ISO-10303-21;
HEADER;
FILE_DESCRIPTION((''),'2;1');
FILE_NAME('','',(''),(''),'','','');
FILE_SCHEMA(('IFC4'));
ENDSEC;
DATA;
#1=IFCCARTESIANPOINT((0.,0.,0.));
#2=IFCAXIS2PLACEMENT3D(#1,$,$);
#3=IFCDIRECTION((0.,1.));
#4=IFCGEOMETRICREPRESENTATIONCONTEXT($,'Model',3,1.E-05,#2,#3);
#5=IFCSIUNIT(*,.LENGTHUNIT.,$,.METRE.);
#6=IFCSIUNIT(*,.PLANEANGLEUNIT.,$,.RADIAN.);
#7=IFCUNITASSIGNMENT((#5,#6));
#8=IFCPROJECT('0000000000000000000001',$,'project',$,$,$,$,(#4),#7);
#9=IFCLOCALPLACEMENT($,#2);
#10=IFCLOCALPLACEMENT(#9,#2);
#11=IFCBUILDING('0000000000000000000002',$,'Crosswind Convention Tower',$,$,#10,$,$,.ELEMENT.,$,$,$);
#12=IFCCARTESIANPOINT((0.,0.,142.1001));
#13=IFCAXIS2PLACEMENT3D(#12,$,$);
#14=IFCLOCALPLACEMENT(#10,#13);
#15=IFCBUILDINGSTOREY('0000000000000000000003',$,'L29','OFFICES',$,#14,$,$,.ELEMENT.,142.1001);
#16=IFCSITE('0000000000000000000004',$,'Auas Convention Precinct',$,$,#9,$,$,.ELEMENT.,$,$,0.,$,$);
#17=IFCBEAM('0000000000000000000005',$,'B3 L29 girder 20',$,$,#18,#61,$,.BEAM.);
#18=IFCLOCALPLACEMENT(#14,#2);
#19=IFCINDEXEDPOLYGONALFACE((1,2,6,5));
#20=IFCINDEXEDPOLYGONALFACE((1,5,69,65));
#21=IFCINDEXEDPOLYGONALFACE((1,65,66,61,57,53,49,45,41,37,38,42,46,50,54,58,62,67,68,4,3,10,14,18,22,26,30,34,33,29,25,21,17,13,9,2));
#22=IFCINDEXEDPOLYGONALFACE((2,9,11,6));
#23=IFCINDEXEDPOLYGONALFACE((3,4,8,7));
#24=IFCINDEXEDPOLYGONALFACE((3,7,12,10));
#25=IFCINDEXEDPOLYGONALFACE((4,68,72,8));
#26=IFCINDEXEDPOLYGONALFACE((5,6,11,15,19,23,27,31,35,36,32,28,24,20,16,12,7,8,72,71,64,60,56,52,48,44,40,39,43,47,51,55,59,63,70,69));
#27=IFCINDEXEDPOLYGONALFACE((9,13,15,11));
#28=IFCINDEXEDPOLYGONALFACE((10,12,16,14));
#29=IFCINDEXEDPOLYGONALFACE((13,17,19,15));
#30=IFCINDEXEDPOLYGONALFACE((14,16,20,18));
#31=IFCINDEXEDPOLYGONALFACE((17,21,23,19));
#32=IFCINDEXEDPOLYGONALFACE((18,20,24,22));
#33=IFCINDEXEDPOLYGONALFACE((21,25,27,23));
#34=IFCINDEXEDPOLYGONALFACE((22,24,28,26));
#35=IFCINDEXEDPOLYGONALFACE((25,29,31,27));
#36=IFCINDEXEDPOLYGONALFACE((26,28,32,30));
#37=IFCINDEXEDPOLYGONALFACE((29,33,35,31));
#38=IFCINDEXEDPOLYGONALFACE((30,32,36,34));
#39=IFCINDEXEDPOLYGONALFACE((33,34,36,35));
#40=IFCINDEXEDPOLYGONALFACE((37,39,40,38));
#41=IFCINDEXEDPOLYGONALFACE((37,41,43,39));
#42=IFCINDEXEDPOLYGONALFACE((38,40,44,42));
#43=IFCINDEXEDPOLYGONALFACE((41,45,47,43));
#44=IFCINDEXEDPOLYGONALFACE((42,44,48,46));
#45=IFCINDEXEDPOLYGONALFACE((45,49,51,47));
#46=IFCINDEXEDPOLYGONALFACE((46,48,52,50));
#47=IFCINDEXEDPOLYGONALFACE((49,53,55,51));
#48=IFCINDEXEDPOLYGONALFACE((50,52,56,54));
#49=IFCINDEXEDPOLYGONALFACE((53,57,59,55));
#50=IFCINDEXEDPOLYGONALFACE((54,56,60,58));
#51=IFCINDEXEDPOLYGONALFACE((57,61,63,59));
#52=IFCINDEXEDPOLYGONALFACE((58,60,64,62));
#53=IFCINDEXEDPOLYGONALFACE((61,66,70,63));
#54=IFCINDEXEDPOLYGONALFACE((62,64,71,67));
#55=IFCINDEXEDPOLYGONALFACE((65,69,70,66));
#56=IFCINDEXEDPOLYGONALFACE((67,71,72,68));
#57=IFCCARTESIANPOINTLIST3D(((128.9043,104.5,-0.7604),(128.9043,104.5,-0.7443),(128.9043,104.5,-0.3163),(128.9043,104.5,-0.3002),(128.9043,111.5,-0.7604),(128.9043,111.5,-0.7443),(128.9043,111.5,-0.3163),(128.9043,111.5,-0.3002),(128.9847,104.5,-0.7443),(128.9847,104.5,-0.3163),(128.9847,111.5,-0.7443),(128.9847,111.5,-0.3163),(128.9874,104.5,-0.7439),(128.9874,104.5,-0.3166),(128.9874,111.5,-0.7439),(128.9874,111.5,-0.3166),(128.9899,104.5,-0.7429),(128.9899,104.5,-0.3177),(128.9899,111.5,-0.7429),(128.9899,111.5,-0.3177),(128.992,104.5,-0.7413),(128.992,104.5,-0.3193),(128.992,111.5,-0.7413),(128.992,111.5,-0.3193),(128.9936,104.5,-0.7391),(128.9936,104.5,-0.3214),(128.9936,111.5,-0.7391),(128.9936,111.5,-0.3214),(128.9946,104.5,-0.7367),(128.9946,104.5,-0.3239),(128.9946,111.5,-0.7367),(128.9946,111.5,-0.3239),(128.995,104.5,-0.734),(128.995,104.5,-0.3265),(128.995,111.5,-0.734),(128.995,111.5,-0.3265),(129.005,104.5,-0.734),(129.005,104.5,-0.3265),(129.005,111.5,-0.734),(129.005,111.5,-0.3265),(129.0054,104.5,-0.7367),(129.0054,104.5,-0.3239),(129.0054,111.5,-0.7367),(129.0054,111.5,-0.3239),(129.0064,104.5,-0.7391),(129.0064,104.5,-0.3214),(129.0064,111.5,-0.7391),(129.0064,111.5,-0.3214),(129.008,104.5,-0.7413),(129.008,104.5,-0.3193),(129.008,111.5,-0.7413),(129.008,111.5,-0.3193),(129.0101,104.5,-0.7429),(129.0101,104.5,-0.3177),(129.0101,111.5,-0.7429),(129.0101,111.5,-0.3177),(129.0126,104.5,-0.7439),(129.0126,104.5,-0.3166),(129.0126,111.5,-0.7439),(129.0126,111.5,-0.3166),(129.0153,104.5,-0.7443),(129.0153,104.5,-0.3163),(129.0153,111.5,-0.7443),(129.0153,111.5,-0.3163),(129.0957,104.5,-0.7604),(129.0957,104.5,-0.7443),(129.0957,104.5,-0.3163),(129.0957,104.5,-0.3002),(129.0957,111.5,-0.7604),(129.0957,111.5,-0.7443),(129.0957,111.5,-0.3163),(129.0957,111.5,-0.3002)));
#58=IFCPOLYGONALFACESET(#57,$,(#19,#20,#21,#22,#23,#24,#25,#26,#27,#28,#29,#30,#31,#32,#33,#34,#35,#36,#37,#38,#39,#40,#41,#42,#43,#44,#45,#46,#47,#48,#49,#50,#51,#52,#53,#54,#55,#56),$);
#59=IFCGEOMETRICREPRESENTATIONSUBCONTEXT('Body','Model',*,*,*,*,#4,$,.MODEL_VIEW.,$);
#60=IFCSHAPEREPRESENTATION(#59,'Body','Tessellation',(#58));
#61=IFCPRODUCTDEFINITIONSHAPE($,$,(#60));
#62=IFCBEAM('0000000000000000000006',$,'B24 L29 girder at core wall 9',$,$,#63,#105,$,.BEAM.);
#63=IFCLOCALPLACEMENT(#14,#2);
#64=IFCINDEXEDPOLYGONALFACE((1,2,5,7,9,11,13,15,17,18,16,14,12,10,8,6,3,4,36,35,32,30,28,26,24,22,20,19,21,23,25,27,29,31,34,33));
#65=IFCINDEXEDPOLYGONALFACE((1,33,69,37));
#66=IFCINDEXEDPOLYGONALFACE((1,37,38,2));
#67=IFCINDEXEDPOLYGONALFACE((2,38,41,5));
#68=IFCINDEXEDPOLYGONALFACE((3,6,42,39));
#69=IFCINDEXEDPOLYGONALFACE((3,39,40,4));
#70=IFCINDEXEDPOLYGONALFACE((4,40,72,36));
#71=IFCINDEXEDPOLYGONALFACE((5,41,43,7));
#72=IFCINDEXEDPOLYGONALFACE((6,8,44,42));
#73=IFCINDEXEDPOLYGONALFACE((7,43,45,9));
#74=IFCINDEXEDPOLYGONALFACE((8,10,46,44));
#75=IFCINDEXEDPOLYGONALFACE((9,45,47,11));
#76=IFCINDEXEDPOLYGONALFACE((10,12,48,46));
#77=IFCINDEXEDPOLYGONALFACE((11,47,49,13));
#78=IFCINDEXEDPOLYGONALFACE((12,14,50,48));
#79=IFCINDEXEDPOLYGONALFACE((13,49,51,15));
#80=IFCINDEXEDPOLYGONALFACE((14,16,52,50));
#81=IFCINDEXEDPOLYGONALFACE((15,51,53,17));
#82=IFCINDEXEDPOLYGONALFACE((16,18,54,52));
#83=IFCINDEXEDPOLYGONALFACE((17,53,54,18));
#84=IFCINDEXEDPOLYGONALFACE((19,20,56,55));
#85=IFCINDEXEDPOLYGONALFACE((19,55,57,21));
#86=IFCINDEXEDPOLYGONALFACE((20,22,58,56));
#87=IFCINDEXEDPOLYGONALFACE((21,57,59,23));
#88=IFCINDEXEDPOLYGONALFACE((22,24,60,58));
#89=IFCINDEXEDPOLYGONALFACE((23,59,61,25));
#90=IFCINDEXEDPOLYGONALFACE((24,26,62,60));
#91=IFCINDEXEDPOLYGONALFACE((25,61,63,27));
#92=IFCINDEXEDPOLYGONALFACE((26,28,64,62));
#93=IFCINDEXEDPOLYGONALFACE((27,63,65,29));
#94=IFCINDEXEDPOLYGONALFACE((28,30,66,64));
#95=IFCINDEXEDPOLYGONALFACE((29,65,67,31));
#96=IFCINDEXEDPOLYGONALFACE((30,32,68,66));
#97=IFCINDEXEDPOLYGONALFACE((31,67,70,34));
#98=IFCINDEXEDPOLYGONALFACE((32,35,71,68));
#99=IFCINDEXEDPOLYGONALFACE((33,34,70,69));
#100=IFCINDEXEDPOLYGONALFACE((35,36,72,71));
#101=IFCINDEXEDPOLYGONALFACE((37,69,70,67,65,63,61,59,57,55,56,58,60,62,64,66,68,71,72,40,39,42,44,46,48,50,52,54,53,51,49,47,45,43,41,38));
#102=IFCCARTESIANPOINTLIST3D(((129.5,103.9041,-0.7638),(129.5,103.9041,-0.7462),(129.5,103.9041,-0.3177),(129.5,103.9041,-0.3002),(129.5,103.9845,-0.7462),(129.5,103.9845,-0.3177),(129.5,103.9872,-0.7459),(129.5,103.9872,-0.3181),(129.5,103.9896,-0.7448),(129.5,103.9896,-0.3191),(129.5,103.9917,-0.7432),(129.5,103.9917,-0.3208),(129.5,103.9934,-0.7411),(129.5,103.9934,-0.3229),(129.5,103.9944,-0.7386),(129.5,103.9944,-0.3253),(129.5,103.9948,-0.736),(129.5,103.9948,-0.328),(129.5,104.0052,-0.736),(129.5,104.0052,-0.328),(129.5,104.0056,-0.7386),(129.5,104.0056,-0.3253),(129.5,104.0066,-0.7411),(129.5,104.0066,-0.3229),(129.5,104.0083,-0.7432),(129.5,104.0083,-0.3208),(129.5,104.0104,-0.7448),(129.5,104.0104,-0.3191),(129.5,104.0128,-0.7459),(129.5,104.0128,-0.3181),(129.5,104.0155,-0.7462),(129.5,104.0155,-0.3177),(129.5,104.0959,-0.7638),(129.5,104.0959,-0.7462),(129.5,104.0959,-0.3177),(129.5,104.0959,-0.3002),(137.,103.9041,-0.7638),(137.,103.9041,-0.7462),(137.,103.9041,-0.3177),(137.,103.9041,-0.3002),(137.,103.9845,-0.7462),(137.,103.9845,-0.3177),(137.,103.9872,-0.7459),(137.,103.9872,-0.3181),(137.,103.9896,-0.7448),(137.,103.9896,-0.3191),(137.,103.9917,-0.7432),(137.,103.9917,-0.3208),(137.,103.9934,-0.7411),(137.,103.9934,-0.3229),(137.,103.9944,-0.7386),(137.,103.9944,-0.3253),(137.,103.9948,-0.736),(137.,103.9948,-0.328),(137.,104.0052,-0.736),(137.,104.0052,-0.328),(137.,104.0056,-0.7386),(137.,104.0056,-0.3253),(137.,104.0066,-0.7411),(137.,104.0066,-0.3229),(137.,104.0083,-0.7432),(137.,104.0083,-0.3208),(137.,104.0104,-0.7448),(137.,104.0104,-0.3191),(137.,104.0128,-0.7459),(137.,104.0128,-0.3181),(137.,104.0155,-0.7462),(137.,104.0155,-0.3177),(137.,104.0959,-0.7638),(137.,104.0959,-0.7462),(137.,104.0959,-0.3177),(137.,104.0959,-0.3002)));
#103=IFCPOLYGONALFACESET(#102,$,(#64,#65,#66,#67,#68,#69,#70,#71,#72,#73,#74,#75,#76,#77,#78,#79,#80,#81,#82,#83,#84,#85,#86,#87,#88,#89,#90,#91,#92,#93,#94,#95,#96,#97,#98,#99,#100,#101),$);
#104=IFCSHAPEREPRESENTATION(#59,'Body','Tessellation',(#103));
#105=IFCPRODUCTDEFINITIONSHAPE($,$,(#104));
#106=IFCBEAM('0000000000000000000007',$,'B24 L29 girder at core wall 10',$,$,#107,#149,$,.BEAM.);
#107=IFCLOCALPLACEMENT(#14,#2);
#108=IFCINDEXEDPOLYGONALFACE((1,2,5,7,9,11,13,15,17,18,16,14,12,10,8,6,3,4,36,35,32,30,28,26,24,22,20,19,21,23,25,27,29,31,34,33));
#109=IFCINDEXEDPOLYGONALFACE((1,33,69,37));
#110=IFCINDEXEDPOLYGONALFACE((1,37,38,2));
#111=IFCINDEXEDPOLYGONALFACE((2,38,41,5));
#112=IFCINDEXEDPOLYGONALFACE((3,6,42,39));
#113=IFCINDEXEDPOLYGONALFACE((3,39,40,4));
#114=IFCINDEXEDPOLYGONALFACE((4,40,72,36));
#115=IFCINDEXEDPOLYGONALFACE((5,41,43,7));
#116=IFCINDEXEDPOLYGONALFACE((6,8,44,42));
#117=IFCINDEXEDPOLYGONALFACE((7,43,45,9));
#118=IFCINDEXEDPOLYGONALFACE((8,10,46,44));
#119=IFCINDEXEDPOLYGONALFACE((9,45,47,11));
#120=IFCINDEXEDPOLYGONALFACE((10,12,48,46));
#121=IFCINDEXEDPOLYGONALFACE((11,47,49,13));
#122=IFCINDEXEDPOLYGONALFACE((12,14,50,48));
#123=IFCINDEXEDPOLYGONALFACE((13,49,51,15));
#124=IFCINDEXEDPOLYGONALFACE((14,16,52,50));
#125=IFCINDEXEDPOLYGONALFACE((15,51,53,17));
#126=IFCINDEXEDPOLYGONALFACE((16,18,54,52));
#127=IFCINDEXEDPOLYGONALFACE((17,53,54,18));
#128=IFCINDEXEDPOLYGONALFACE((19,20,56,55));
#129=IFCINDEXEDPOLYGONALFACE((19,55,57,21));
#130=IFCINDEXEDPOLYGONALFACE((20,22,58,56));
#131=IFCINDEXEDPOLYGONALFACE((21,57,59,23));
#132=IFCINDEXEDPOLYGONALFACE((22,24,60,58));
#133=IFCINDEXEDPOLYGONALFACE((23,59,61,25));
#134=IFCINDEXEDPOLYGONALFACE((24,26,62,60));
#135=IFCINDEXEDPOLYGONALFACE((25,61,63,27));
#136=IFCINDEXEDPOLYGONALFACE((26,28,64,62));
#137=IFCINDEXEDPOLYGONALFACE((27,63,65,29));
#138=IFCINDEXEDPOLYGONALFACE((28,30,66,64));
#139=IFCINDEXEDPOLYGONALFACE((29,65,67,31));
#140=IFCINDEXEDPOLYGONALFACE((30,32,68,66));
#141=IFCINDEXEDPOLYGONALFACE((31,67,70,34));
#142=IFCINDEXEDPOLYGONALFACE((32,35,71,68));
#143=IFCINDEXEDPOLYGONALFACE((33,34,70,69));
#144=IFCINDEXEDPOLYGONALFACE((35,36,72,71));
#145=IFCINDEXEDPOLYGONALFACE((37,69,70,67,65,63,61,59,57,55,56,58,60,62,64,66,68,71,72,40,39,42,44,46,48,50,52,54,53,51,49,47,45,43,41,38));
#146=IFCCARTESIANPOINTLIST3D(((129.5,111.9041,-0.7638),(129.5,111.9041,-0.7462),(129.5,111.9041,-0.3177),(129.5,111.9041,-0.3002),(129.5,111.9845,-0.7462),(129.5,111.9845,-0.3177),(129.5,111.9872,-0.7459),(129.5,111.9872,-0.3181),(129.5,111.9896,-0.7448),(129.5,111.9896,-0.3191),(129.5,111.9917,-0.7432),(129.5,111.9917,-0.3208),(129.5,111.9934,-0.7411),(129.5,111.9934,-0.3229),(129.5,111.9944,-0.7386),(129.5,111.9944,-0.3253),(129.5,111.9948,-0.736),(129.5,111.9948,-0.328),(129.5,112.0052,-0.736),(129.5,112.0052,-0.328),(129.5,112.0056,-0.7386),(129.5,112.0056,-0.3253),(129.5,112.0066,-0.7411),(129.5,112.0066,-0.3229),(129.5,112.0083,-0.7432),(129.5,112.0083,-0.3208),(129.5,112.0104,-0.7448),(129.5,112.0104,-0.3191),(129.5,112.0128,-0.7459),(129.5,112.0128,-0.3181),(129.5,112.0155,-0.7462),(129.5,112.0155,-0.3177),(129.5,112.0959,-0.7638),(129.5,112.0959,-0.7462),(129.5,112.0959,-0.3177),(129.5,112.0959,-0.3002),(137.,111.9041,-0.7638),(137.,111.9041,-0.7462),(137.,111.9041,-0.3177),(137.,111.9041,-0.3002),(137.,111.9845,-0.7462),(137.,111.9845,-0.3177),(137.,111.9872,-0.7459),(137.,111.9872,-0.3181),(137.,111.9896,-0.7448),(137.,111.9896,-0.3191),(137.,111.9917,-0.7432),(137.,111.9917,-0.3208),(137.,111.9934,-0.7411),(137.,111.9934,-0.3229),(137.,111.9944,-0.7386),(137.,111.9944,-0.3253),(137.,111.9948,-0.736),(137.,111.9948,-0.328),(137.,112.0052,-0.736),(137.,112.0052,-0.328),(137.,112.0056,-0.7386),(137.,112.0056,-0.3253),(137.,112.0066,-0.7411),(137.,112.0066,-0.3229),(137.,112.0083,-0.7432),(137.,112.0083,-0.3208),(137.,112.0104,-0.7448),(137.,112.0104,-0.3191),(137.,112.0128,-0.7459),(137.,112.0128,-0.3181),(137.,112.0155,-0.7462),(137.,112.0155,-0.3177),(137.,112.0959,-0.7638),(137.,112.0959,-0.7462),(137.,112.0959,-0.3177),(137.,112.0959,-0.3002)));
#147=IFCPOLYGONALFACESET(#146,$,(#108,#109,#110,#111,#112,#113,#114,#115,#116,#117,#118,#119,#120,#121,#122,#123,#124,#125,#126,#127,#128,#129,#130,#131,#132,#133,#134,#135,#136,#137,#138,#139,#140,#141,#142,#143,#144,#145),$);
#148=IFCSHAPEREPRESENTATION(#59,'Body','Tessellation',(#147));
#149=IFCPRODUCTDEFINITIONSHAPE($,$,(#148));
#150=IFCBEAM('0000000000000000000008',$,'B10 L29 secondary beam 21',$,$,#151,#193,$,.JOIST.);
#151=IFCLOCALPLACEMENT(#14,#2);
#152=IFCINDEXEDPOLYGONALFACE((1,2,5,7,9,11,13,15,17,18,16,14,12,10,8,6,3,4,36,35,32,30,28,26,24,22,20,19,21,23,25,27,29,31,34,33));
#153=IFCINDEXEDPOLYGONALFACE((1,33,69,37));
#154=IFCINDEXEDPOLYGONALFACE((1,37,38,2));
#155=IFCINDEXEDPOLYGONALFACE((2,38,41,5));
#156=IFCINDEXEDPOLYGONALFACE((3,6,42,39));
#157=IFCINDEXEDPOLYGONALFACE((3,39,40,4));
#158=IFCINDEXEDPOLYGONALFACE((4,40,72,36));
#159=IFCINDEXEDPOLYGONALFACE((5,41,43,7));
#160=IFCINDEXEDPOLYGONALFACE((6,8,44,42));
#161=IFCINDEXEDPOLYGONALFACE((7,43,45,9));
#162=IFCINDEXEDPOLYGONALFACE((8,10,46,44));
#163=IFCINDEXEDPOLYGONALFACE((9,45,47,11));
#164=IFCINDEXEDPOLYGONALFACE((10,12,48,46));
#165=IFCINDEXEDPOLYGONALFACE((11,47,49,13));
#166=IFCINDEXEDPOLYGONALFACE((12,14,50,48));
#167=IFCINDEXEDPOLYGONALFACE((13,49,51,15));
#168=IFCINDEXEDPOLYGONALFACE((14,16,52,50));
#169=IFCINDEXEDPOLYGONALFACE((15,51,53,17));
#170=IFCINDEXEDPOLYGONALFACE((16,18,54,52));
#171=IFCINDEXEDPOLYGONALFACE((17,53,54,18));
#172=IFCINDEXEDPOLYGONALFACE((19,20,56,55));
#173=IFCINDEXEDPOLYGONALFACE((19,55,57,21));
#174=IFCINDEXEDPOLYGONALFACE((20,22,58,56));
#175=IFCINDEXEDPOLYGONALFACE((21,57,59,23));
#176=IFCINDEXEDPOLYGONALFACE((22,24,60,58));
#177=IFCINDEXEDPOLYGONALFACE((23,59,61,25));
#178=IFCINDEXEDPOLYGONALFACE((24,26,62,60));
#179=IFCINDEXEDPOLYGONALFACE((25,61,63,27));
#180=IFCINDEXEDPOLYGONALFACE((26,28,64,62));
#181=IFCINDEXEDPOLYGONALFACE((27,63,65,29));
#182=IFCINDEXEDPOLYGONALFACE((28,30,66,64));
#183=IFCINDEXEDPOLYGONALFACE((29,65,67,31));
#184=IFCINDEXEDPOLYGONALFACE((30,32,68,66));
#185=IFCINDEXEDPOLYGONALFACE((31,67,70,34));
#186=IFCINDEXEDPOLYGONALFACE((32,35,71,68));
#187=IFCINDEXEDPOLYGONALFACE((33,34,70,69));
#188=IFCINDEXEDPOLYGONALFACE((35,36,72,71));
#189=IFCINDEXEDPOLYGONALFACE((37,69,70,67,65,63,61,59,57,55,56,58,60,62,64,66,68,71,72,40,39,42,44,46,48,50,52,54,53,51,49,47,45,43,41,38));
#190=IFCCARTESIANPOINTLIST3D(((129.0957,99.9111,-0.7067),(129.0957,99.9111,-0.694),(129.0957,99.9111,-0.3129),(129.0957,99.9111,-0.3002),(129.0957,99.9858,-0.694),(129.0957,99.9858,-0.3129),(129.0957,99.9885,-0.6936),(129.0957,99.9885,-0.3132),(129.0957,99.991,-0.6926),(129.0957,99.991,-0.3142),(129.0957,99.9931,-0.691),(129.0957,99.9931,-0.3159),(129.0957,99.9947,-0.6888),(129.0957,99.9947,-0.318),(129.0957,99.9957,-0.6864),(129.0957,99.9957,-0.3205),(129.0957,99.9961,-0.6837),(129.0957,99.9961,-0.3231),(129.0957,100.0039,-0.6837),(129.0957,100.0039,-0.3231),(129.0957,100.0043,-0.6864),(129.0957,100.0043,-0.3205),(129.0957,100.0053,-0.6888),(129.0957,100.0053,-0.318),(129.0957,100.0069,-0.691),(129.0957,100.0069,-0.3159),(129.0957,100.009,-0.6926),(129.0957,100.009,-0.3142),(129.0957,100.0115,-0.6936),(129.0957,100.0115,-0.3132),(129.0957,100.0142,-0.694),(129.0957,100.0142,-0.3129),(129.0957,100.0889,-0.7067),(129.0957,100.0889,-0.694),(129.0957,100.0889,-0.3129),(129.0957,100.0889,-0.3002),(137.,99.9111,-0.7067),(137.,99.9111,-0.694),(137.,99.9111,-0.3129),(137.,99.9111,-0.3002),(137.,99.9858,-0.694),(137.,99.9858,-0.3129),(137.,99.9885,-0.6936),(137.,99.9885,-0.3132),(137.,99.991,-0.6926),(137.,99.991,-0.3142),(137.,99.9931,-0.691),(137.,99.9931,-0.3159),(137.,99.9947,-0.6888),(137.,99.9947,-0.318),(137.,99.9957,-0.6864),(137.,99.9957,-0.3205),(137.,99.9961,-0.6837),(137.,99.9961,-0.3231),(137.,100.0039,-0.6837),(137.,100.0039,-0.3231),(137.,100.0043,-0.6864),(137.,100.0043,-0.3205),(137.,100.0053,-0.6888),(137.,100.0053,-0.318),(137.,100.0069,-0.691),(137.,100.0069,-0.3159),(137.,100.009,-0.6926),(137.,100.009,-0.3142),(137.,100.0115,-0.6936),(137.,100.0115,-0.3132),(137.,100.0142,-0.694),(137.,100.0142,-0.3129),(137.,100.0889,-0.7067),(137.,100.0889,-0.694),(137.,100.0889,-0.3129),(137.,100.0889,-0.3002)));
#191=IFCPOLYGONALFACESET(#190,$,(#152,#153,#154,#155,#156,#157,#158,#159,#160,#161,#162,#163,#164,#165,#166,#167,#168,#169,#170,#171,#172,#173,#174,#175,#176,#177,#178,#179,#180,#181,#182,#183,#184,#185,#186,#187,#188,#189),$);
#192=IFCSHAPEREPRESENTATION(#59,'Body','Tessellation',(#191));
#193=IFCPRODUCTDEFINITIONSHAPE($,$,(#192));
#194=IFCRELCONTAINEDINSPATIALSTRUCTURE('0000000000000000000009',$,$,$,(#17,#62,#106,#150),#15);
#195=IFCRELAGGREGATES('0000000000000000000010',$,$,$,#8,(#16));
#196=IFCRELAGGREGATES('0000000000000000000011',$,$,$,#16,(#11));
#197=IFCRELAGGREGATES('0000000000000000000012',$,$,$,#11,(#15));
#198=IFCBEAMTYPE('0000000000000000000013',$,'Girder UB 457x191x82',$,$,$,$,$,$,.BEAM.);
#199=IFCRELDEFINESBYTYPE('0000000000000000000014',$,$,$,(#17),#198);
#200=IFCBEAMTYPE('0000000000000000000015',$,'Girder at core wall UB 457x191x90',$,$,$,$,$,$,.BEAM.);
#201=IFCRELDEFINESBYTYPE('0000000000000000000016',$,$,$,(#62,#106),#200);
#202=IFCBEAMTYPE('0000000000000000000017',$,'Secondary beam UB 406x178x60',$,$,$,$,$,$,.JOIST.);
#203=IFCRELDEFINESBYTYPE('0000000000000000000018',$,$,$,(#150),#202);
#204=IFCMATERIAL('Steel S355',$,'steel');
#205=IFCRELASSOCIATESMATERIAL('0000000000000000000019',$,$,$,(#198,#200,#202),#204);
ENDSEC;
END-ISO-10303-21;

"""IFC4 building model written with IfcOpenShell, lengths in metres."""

from ifc_helpers import new_model, si_unit, direction, frame, origin, origin_2d, place, context, subcontext, project, spatial, i_section, extrude, material, material_profile, profile_set, type_object, element, save


model = new_model("IFC4")

# Units and contexts
model_context = context("Model", 3, precision=1e-05, world=origin(), true_north=direction((0.0, 1.0)))
body_context = subcontext(model_context, "Body", "Model", "MODEL_VIEW")
ifc_project = project(units=[si_unit("LENGTHUNIT", "METRE"), si_unit("PLANEANGLEUNIT", "RADIAN")], contexts=[model_context])

# Site, building, storey
site_placement = place(None, origin())
site = spatial("IfcSite", under=ifc_project, at=site_placement, Name="Auas Convention Precinct", CompositionType="ELEMENT", RefElevation=0.0)
building_placement = place(site_placement, origin())
building = spatial("IfcBuilding", under=site, at=building_placement, Name="Crosswind Convention Tower", CompositionType="ELEMENT")
storey_placement = place(building_placement, frame((0.0, 0.0, 142.1001)))
storey = spatial("IfcBuildingStorey", under=building, at=storey_placement, Name="L29", Description="OFFICES", CompositionType="ELEMENT", Elevation=142.1001)

# Beams
ifc_material_1 = material(Name="Steel S355", Category="steel")
ifc_material_profile_1 = material_profile(ifc_material_1, i_section(OverallWidth=0.1914, OverallDepth=0.4602, WebThickness=0.01, FlangeThickness=0.0161, FilletRadius=0.0103, at=origin_2d()), Name="UB 457x191x82")
ifc_profile_set_1 = profile_set([ifc_material_profile_1], Name="Steel S355")
beam_type_1 = type_object("IfcBeamType", Name="Girder UB 457x191x82", PredefinedType="BEAM", material=ifc_profile_set_1)
for number, where, z_axis, x_axis, name in (
    (1, (129.0, 104.5, -0.5303), (0.0, 1.0, 0.0), (-1.0, 0.0, 0.0), "B3 L29 girder 20"),
):
    element("IfcBeam", number, at=place(storey_placement, frame(where, z_axis=z_axis, x_axis=x_axis)), inside=storey, type_object=beam_type_1, Name=name, PredefinedType="BEAM", context=body_context, shape_type="SweptSolid", body=[
        extrude(i_section(OverallWidth=0.1914, OverallDepth=0.4602, WebThickness=0.01, FlangeThickness=0.0161, FilletRadius=0.0103, at=origin_2d()), origin(), (0.0, 0.0, 1.0), 7.0),
    ])
ifc_material_profile_2 = material_profile(ifc_material_1, i_section(OverallWidth=0.1919, OverallDepth=0.4636, WebThickness=0.0105, FlangeThickness=0.0176, FilletRadius=0.0103, at=origin_2d()), Name="UB 457x191x90")
ifc_profile_set_2 = profile_set([ifc_material_profile_2], Name="Steel S355")
beam_type_2 = type_object("IfcBeamType", Name="Girder at core wall UB 457x191x90", PredefinedType="BEAM", material=ifc_profile_set_2)
for number, where, z_axis, x_axis, name in (
    (2, (129.5, 104.0, -0.532), (1.0, 0.0, 0.0), (0.0, 1.0, 0.0), "B24 L29 girder at core wall 9"),
    (3, (129.5, 112.0, -0.532), (1.0, 0.0, 0.0), (0.0, 1.0, 0.0), "B24 L29 girder at core wall 10"),
):
    element("IfcBeam", number, at=place(storey_placement, frame(where, z_axis=z_axis, x_axis=x_axis)), inside=storey, type_object=beam_type_2, Name=name, PredefinedType="BEAM", context=body_context, shape_type="SweptSolid", body=[
        extrude(i_section(OverallWidth=0.1919, OverallDepth=0.4636, WebThickness=0.0105, FlangeThickness=0.0176, FilletRadius=0.0103, at=origin_2d()), origin(), (0.0, 0.0, 1.0), 7.5),
    ])
ifc_material_profile_3 = material_profile(ifc_material_1, i_section(OverallWidth=0.1777, OverallDepth=0.4065, WebThickness=0.0078, FlangeThickness=0.0127, FilletRadius=0.0103, at=origin_2d()), Name="UB 406x178x60")
ifc_profile_set_3 = profile_set([ifc_material_profile_3], Name="Steel S355")
beam_type_3 = type_object("IfcBeamType", Name="Secondary beam UB 406x178x60", PredefinedType="JOIST", material=ifc_profile_set_3)
for number, where, z_axis, x_axis, name in (
    (4, (129.0957, 100.0, -0.5034), (1.0, 0.0, 0.0), (0.0, 1.0, 0.0), "B10 L29 secondary beam 21"),
):
    element("IfcBeam", number, at=place(storey_placement, frame(where, z_axis=z_axis, x_axis=x_axis)), inside=storey, type_object=beam_type_3, Name=name, PredefinedType="JOIST", context=body_context, shape_type="SweptSolid", body=[
        extrude(i_section(OverallWidth=0.1777, OverallDepth=0.4065, WebThickness=0.0078, FlangeThickness=0.0127, FilletRadius=0.0103, at=origin_2d()), origin(), (0.0, 0.0, 1.0), 7.9043),
    ])

save(model, "model.ifc")
